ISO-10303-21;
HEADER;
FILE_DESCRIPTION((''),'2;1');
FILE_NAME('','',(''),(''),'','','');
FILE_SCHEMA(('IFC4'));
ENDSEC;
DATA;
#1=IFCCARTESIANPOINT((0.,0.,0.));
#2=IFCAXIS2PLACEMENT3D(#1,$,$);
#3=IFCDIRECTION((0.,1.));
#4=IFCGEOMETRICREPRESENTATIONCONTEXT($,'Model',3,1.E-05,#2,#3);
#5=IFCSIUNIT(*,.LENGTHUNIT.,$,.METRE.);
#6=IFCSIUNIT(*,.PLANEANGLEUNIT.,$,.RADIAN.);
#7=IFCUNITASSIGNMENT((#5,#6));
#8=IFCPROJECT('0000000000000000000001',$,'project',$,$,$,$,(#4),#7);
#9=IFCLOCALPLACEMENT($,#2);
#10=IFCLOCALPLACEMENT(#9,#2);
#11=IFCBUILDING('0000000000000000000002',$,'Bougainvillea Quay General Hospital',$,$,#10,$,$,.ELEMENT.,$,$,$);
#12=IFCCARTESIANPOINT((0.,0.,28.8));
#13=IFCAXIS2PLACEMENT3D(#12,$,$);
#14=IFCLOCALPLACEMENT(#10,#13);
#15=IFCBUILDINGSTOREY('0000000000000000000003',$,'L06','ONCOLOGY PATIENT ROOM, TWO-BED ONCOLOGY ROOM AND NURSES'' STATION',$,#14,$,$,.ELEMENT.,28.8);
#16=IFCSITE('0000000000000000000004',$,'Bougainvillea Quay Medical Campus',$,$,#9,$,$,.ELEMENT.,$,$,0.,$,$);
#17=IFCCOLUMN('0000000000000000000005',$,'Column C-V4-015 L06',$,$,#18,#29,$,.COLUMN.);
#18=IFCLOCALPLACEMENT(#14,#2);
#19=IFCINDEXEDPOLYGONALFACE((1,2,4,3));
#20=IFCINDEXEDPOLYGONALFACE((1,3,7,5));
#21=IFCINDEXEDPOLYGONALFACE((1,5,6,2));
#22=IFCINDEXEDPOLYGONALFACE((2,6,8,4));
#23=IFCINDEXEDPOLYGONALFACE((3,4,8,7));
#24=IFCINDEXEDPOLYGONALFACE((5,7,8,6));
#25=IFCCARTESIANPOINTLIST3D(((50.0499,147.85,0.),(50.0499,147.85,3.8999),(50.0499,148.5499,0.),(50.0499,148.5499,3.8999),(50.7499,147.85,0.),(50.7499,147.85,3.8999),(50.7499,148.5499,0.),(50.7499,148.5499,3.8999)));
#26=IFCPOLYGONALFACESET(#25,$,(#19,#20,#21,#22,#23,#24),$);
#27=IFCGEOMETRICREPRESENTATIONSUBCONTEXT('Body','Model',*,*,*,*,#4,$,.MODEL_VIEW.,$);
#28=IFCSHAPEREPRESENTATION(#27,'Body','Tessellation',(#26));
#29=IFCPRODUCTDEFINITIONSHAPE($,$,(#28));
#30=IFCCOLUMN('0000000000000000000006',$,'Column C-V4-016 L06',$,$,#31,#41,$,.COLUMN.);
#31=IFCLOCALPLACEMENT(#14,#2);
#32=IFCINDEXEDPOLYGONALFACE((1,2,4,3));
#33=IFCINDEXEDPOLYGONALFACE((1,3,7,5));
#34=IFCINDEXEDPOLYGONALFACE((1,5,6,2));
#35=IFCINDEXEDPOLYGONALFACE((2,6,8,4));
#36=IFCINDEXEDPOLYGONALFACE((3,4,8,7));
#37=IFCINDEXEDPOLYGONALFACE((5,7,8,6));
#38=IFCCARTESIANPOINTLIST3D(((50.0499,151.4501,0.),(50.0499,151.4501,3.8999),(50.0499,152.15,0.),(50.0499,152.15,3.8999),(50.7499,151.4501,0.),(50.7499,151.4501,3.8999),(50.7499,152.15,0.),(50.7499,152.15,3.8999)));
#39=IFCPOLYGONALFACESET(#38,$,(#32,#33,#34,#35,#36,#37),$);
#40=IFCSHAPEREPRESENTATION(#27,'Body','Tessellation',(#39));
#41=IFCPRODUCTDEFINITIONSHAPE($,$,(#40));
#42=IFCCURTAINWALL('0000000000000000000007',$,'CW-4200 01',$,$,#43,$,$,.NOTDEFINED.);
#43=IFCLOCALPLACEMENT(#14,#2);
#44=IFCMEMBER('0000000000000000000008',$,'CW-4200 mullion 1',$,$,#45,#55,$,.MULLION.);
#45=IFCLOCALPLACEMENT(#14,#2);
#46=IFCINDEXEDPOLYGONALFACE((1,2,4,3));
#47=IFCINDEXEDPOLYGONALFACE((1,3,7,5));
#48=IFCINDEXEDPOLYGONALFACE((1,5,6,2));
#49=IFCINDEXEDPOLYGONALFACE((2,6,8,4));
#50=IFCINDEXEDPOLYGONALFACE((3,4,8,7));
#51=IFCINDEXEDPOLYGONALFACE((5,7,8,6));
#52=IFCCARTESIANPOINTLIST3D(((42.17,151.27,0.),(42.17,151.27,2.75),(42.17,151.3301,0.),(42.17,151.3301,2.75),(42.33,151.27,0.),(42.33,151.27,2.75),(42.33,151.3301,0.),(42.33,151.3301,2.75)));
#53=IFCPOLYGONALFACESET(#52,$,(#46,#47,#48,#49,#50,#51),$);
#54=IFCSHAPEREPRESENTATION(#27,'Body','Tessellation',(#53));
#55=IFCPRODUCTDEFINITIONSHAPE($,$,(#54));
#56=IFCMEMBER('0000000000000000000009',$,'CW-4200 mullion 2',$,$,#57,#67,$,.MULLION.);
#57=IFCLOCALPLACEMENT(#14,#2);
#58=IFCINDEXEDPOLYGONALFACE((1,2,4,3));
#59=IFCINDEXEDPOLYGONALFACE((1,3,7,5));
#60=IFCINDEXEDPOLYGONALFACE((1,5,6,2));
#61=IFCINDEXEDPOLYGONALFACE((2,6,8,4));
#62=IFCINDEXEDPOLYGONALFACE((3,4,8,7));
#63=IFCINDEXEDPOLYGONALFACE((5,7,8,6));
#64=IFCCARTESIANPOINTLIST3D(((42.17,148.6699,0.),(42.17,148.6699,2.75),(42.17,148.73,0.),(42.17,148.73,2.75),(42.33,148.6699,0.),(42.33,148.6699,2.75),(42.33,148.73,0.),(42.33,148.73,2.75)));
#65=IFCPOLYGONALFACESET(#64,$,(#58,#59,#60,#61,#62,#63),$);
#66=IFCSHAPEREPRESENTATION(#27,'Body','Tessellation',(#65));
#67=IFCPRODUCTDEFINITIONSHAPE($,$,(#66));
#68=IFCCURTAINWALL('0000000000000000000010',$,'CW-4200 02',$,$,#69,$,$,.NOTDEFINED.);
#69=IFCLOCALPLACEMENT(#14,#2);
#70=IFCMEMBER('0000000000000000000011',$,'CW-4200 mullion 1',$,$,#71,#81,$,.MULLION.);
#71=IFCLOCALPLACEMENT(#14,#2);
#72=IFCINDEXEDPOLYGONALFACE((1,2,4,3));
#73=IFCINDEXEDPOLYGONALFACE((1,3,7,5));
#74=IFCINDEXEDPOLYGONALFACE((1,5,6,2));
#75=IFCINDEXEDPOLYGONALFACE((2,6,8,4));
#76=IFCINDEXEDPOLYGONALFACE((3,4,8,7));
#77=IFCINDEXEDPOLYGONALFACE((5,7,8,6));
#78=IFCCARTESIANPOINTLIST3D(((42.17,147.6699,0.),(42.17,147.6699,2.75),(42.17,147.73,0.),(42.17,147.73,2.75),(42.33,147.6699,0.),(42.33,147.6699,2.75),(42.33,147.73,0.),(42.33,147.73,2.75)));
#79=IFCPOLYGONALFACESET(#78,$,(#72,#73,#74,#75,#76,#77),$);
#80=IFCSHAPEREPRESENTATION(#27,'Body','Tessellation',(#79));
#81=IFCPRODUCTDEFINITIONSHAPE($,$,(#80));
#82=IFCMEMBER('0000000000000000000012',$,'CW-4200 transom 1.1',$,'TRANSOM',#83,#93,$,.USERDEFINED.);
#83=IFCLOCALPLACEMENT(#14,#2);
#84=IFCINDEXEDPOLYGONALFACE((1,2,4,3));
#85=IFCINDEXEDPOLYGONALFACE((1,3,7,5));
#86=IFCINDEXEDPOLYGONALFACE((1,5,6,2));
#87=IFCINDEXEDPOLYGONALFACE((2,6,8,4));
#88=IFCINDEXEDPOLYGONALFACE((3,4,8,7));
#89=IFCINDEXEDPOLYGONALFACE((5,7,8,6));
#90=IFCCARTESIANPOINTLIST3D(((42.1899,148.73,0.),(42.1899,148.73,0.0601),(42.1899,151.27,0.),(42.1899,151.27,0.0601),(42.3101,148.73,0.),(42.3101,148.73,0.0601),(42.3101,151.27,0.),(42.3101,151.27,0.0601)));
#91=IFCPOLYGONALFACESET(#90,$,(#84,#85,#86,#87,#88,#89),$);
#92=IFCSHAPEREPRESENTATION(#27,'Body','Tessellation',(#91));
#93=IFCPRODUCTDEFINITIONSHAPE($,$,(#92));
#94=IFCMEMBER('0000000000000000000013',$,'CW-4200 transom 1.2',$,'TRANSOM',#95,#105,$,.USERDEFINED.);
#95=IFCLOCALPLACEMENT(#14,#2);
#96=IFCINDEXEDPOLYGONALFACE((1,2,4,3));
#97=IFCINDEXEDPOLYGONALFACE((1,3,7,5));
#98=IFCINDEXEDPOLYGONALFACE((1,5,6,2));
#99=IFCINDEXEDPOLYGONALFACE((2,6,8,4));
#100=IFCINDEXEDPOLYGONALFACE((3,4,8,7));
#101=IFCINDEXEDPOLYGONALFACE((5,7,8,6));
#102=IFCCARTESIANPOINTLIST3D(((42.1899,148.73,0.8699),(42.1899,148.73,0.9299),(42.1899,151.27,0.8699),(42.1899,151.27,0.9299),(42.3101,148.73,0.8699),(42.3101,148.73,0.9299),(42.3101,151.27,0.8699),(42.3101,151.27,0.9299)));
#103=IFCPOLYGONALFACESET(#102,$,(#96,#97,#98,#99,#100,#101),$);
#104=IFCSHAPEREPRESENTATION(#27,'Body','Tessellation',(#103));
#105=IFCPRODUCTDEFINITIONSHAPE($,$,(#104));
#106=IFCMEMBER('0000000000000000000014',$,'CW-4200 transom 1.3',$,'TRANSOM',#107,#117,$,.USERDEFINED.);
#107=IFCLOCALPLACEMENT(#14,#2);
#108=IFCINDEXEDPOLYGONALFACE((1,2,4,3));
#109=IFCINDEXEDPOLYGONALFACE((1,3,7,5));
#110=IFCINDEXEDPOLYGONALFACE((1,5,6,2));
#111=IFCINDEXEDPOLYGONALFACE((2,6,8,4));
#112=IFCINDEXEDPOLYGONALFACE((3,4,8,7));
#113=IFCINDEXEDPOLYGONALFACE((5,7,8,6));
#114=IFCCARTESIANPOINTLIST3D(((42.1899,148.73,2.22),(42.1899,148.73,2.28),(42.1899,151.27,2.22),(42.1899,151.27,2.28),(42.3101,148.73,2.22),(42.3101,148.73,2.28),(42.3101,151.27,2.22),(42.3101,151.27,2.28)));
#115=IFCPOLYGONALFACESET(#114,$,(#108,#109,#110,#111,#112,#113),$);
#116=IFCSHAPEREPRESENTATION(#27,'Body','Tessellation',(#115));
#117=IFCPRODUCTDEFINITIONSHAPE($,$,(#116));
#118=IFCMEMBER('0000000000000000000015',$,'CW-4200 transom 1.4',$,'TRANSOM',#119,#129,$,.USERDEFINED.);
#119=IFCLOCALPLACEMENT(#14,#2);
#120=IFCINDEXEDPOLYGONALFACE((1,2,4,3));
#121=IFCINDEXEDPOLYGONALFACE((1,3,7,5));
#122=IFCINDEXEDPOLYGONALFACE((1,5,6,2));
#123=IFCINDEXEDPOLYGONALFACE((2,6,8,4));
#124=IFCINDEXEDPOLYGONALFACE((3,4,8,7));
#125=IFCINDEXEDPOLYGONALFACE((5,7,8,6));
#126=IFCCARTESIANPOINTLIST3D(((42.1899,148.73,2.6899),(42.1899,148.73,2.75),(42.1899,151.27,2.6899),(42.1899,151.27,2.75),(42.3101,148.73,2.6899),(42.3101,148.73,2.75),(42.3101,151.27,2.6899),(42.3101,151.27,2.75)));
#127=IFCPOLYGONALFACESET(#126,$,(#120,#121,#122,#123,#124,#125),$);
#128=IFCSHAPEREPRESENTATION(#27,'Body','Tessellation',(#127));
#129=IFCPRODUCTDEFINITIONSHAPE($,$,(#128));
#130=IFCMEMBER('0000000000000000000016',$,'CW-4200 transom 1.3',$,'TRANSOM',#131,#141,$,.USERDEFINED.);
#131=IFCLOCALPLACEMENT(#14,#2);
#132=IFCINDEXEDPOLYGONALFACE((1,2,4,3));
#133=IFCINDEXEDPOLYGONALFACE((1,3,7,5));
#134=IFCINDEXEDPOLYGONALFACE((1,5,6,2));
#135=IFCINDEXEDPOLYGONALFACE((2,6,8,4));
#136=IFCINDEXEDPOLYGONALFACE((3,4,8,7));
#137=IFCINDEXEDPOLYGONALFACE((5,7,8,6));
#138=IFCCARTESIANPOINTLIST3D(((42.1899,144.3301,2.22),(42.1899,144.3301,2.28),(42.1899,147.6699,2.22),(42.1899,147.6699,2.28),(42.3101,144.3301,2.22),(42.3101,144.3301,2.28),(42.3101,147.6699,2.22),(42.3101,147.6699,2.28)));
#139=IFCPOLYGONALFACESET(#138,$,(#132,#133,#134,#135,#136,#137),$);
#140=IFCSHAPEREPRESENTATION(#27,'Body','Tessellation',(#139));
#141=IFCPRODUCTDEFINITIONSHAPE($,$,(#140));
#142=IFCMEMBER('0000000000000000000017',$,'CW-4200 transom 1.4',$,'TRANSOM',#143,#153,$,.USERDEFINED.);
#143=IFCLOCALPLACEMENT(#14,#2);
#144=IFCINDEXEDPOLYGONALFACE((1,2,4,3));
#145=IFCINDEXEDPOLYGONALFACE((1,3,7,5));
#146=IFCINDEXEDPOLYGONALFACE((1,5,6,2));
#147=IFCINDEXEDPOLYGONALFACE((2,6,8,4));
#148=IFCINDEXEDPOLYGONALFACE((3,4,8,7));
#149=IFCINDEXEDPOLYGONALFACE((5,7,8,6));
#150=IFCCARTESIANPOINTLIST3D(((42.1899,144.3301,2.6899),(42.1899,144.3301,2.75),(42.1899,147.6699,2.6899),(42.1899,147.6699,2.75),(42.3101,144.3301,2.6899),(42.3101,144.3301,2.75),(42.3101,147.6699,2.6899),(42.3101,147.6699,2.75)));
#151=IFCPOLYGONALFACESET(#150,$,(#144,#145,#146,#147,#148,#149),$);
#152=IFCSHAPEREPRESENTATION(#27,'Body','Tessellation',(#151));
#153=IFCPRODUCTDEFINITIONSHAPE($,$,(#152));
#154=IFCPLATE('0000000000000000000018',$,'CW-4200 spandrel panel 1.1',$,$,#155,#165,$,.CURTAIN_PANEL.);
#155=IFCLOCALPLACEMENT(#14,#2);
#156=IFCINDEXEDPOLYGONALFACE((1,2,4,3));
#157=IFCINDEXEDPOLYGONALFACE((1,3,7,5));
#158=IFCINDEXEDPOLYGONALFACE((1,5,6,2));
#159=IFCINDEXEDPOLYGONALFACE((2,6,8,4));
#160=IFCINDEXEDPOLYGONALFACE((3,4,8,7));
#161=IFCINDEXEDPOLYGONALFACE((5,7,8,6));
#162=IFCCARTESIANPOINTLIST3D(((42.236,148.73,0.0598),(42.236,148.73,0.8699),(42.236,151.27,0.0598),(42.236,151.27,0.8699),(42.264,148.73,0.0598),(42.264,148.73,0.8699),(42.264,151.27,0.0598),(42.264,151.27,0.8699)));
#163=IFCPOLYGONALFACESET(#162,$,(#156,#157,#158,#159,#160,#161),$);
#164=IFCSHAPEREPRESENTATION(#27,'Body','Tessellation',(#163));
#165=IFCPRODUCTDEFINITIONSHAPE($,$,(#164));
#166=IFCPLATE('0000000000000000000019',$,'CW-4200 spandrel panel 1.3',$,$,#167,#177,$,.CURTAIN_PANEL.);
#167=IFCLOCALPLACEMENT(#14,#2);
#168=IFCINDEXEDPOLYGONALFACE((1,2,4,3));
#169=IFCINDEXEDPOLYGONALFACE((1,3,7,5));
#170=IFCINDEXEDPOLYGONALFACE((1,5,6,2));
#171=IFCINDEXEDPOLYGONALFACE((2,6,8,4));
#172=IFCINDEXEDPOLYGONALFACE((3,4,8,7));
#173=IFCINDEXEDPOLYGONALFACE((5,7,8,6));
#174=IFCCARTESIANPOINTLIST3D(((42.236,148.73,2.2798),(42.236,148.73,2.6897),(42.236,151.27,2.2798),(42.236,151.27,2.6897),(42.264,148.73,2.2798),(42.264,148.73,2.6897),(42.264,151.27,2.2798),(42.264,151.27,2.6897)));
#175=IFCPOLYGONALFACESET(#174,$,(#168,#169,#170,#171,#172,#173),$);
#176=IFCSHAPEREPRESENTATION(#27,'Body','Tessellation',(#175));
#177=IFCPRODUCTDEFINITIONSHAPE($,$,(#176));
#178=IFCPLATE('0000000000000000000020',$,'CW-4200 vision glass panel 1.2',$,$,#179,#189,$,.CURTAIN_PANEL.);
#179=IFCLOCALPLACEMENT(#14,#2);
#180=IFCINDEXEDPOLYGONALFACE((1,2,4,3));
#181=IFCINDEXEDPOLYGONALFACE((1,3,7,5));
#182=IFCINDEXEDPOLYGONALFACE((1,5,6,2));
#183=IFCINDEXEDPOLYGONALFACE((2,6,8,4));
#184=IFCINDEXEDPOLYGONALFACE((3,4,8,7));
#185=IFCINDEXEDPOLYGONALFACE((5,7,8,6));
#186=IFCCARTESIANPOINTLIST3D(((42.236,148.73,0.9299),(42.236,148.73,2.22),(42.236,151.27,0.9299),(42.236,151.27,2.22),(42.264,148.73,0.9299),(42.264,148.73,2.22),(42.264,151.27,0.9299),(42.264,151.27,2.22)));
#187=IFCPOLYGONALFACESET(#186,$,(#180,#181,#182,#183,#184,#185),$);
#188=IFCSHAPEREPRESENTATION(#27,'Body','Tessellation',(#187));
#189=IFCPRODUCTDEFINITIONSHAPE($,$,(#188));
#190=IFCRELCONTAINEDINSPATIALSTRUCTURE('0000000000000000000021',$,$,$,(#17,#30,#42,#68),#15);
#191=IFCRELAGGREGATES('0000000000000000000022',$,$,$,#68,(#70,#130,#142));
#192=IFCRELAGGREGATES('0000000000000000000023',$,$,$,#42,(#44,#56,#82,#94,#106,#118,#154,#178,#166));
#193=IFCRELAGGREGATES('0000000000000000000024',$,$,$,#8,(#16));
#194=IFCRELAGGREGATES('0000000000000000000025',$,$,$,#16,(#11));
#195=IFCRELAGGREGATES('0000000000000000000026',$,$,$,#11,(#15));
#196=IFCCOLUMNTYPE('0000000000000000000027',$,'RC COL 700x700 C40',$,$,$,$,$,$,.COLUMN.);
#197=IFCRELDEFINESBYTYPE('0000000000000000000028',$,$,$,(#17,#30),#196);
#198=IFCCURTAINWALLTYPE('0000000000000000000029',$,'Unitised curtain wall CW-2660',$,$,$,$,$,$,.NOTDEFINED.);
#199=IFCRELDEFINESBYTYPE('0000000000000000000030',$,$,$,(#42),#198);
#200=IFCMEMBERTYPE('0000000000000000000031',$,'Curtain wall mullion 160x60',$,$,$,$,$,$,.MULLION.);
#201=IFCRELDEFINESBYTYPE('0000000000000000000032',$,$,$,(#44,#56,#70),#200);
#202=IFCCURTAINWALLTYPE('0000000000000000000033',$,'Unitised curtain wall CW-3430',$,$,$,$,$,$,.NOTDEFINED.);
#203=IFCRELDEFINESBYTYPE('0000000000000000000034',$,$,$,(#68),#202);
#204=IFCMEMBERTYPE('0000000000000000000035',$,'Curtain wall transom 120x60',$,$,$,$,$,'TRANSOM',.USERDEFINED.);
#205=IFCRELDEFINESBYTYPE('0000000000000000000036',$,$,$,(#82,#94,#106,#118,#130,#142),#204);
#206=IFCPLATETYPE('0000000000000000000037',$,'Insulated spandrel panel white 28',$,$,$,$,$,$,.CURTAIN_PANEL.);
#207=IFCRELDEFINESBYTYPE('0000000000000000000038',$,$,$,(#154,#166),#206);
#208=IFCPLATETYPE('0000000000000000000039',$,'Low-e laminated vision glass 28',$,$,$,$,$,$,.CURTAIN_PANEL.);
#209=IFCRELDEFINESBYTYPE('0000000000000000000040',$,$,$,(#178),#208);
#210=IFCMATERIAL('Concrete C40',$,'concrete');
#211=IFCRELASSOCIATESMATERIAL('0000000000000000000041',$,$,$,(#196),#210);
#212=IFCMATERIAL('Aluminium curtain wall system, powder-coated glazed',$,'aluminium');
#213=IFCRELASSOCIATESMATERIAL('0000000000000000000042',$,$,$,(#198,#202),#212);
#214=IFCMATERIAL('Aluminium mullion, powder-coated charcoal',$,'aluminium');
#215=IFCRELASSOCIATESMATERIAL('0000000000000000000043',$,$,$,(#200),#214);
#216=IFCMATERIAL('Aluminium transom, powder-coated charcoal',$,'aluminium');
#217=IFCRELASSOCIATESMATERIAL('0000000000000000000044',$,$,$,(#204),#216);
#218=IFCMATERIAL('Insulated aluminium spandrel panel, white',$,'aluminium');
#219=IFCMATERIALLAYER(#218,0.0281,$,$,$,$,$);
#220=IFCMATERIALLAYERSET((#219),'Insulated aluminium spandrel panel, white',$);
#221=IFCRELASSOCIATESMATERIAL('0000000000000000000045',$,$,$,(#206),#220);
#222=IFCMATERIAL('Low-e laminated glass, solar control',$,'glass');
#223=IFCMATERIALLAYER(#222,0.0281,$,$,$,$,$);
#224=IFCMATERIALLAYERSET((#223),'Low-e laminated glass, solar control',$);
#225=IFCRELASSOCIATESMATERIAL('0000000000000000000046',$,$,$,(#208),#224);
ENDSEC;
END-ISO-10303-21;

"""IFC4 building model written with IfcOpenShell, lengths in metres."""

from ifc_helpers import new_model, si_unit, direction, frame, origin, origin_2d, place, context, subcontext, project, spatial, rectangle, extrude, material, layer, layer_set, material_profile, profile_set, type_object, element, aggregate, save


model = new_model("IFC4")

# Units and contexts
model_context = context("Model", 3, precision=1e-05, world=origin(), true_north=direction((0.0, 1.0)))
body_context = subcontext(model_context, "Body", "Model", "MODEL_VIEW")
ifc_project = project(units=[si_unit("LENGTHUNIT", "METRE"), si_unit("PLANEANGLEUNIT", "RADIAN")], contexts=[model_context])

# Site, building, storey
site_placement = place(None, origin())
site = spatial("IfcSite", under=ifc_project, at=site_placement, Name="Bougainvillea Quay Medical Campus", CompositionType="ELEMENT", RefElevation=0.0)
building_placement = place(site_placement, origin())
building = spatial("IfcBuilding", under=site, at=building_placement, Name="Bougainvillea Quay General Hospital", CompositionType="ELEMENT")
storey_placement = place(building_placement, frame((0.0, 0.0, 28.8)))
storey = spatial("IfcBuildingStorey", under=building, at=storey_placement, Name="L06", Description="ONCOLOGY PATIENT ROOM, TWO-BED ONCOLOGY ROOM AND NURSES' STATION", CompositionType="ELEMENT", Elevation=28.8)

# Columns
ifc_material_1 = material(Name="Concrete C40", Category="concrete")
ifc_material_profile_1 = material_profile(ifc_material_1, rectangle(XDim=0.7, YDim=0.7, at=origin_2d()))
ifc_profile_set_1 = profile_set([ifc_material_profile_1], Name="Concrete C40")
column_type = type_object("IfcColumnType", Name="RC COL 700x700 C40", PredefinedType="COLUMN", material=ifc_profile_set_1)
for number, where, z_axis, x_axis, name in (
    (1, (50.3999, 148.2, 0.0), (0.0, 0.0, 1.0), (1.0, 0.0, 0.0), "Column C-V4-015 L06"),
    (2, (50.3999, 151.8, 0.0), (0.0, 0.0, 1.0), (1.0, 0.0, 0.0), "Column C-V4-016 L06"),
):
    element("IfcColumn", number, at=place(storey_placement, frame(where, z_axis=z_axis, x_axis=x_axis)), inside=storey, type_object=column_type, Name=name, PredefinedType="COLUMN", context=body_context, shape_type="SweptSolid", body=[
        extrude(rectangle(XDim=0.7, YDim=0.7, at=origin_2d()), origin(), (0.0, 0.0, 1.0), 3.8999),
    ])

# Curtain wall, members
ifc_material_2 = material(Name="Aluminium curtain wall system, powder-coated glazed", Category="aluminium")
curtain_wall_type_1 = type_object("IfcCurtainWallType", Name="Unitised curtain wall CW-2660", PredefinedType="NOTDEFINED", material=ifc_material_2)
curtain_wall_1_placement = place(storey_placement, origin())
curtain_wall_1 = element("IfcCurtainWall", 3, at=curtain_wall_1_placement, inside=storey, type_object=curtain_wall_type_1, Name="CW-4200 01", PredefinedType="NOTDEFINED")
ifc_material_3 = material(Name="Aluminium mullion, powder-coated charcoal", Category="aluminium")
ifc_material_profile_2 = material_profile(ifc_material_3, rectangle(XDim=0.1599, YDim=0.0601, at=origin_2d()))
ifc_profile_set_2 = profile_set([ifc_material_profile_2], Name="Aluminium mullion, powder-coated charcoal")
member_type_1 = type_object("IfcMemberType", Name="Curtain wall mullion 160x60", PredefinedType="MULLION", material=ifc_profile_set_2)
member_1_placement = place(storey_placement, frame((42.25, 151.3, 0.0), z_axis=(0.0, 0.0, 1.0), x_axis=(1.0, 0.0, 0.0)))
member_1 = element("IfcMember", 4, at=member_1_placement, type_object=member_type_1, Name="CW-4200 mullion 1", PredefinedType="MULLION", context=body_context, shape_type="SweptSolid", body=[
    extrude(rectangle(XDim=0.1599, YDim=0.0601, at=origin_2d()), origin(), (0.0, 0.0, 1.0), 2.75),
])
member_2_placement = place(storey_placement, frame((42.25, 148.7, 0.0), z_axis=(0.0, 0.0, 1.0), x_axis=(1.0, 0.0, 0.0)))
member_2 = element("IfcMember", 5, at=member_2_placement, type_object=member_type_1, Name="CW-4200 mullion 2", PredefinedType="MULLION", context=body_context, shape_type="SweptSolid", body=[
    extrude(rectangle(XDim=0.1599, YDim=0.0601, at=origin_2d()), origin(), (0.0, 0.0, 1.0), 2.75),
])

# Curtain wall, member
curtain_wall_type_2 = type_object("IfcCurtainWallType", Name="Unitised curtain wall CW-3430", PredefinedType="NOTDEFINED", material=ifc_material_2)
curtain_wall_2_placement = place(storey_placement, origin())
curtain_wall_2 = element("IfcCurtainWall", 6, at=curtain_wall_2_placement, inside=storey, type_object=curtain_wall_type_2, Name="CW-4200 02", PredefinedType="NOTDEFINED")
member_3_placement = place(storey_placement, frame((42.25, 147.7, 0.0), z_axis=(0.0, 0.0, 1.0), x_axis=(1.0, 0.0, 0.0)))
member_3 = element("IfcMember", 7, at=member_3_placement, type_object=member_type_1, Name="CW-4200 mullion 1", PredefinedType="MULLION", context=body_context, shape_type="SweptSolid", body=[
    extrude(rectangle(XDim=0.1599, YDim=0.0601, at=origin_2d()), origin(), (0.0, 0.0, 1.0), 2.75),
])

# Members
ifc_material_4 = material(Name="Aluminium transom, powder-coated charcoal", Category="aluminium")
ifc_material_profile_3 = material_profile(ifc_material_4, rectangle(XDim=0.1201, YDim=0.0601, at=origin_2d()))
ifc_profile_set_3 = profile_set([ifc_material_profile_3], Name="Aluminium transom, powder-coated charcoal")
member_type_2 = type_object("IfcMemberType", Name="Curtain wall transom 120x60", ElementType="TRANSOM", PredefinedType="USERDEFINED", material=ifc_profile_set_3)
member_4_placement = place(storey_placement, frame((42.25, 151.27, 0.03), z_axis=(0.0, -1.0, 0.0), x_axis=(1.0, 0.0, 0.0)))
member_4 = element("IfcMember", 8, at=member_4_placement, type_object=member_type_2, Name="CW-4200 transom 1.1", ObjectType="TRANSOM", PredefinedType="USERDEFINED", context=body_context, shape_type="SweptSolid", body=[
    extrude(rectangle(XDim=0.1201, YDim=0.0601, at=origin_2d()), origin(), (0.0, 0.0, 1.0), 2.54),
])
member_5_placement = place(storey_placement, frame((42.25, 151.27, 0.8999), z_axis=(0.0, -1.0, 0.0), x_axis=(1.0, 0.0, 0.0)))
member_5 = element("IfcMember", 9, at=member_5_placement, type_object=member_type_2, Name="CW-4200 transom 1.2", ObjectType="TRANSOM", PredefinedType="USERDEFINED", context=body_context, shape_type="SweptSolid", body=[
    extrude(rectangle(XDim=0.1201, YDim=0.0601, at=origin_2d()), origin(), (0.0, 0.0, 1.0), 2.54),
])
member_6_placement = place(storey_placement, frame((42.25, 151.27, 2.25), z_axis=(0.0, -1.0, 0.0), x_axis=(1.0, 0.0, 0.0)))
member_6 = element("IfcMember", 10, at=member_6_placement, type_object=member_type_2, Name="CW-4200 transom 1.3", ObjectType="TRANSOM", PredefinedType="USERDEFINED", context=body_context, shape_type="SweptSolid", body=[
    extrude(rectangle(XDim=0.1201, YDim=0.0601, at=origin_2d()), origin(), (0.0, 0.0, 1.0), 2.54),
])
member_7_placement = place(storey_placement, frame((42.25, 151.27, 2.72), z_axis=(0.0, -1.0, 0.0), x_axis=(1.0, 0.0, 0.0)))
member_7 = element("IfcMember", 11, at=member_7_placement, type_object=member_type_2, Name="CW-4200 transom 1.4", ObjectType="TRANSOM", PredefinedType="USERDEFINED", context=body_context, shape_type="SweptSolid", body=[
    extrude(rectangle(XDim=0.1201, YDim=0.0601, at=origin_2d()), origin(), (0.0, 0.0, 1.0), 2.54),
])
member_8_placement = place(storey_placement, frame((42.25, 147.6699, 2.25), z_axis=(0.0, -1.0, 0.0), x_axis=(1.0, 0.0, 0.0)))
member_8 = element("IfcMember", 12, at=member_8_placement, type_object=member_type_2, Name="CW-4200 transom 1.3", ObjectType="TRANSOM", PredefinedType="USERDEFINED", context=body_context, shape_type="SweptSolid", body=[
    extrude(rectangle(XDim=0.1201, YDim=0.0601, at=origin_2d()), origin(), (0.0, 0.0, 1.0), 3.3398),
])
member_9_placement = place(storey_placement, frame((42.25, 147.6699, 2.72), z_axis=(0.0, -1.0, 0.0), x_axis=(1.0, 0.0, 0.0)))
member_9 = element("IfcMember", 13, at=member_9_placement, type_object=member_type_2, Name="CW-4200 transom 1.4", ObjectType="TRANSOM", PredefinedType="USERDEFINED", context=body_context, shape_type="SweptSolid", body=[
    extrude(rectangle(XDim=0.1201, YDim=0.0601, at=origin_2d()), origin(), (0.0, 0.0, 1.0), 3.3398),
])
aggregate(curtain_wall_2, [member_3, member_8, member_9])

# Plates
ifc_material_5 = material(Name="Insulated aluminium spandrel panel, white", Category="aluminium")
ifc_layer_1 = layer(ifc_material_5, 0.0281)
ifc_layer_set_1 = layer_set([ifc_layer_1], Name="Insulated aluminium spandrel panel, white")
plate_type_1 = type_object("IfcPlateType", Name="Insulated spandrel panel white 28", PredefinedType="CURTAIN_PANEL", material=ifc_layer_set_1)
plate_1_placement = place(storey_placement, frame((42.25, 150.0, 0.0598), z_axis=(0.0, 0.0, 1.0), x_axis=(0.0, -1.0, 0.0)))
plate_1 = element("IfcPlate", 14, at=plate_1_placement, type_object=plate_type_1, Name="CW-4200 spandrel panel 1.1", PredefinedType="CURTAIN_PANEL", context=body_context, shape_type="SweptSolid", body=[
    extrude(rectangle(XDim=2.54, YDim=0.0281, at=origin_2d()), origin(), (0.0, 0.0, 1.0), 0.8101),
])
plate_2_placement = place(storey_placement, frame((42.25, 150.0, 2.2798), z_axis=(0.0, 0.0, 1.0), x_axis=(0.0, -1.0, 0.0)))
plate_2 = element("IfcPlate", 15, at=plate_2_placement, type_object=plate_type_1, Name="CW-4200 spandrel panel 1.3", PredefinedType="CURTAIN_PANEL", context=body_context, shape_type="SweptSolid", body=[
    extrude(rectangle(XDim=2.54, YDim=0.0281, at=origin_2d()), origin(), (0.0, 0.0, 1.0), 0.4099),
])
ifc_material_6 = material(Name="Low-e laminated glass, solar control", Category="glass")
ifc_layer_2 = layer(ifc_material_6, 0.0281)
ifc_layer_set_2 = layer_set([ifc_layer_2], Name="Low-e laminated glass, solar control")
plate_type_2 = type_object("IfcPlateType", Name="Low-e laminated vision glass 28", PredefinedType="CURTAIN_PANEL", material=ifc_layer_set_2)
plate_3_placement = place(storey_placement, frame((42.25, 150.0, 0.9299), z_axis=(0.0, 0.0, 1.0), x_axis=(0.0, -1.0, 0.0)))
plate_3 = element("IfcPlate", 16, at=plate_3_placement, type_object=plate_type_2, Name="CW-4200 vision glass panel 1.2", PredefinedType="CURTAIN_PANEL", context=body_context, shape_type="SweptSolid", body=[
    extrude(rectangle(XDim=2.54, YDim=0.0281, at=origin_2d()), origin(), (0.0, 0.0, 1.0), 1.29),
])
aggregate(curtain_wall_1, [member_1, member_2, member_4, member_5, member_6, member_7, plate_1, plate_3, plate_2])

save(model, "model.ifc")
